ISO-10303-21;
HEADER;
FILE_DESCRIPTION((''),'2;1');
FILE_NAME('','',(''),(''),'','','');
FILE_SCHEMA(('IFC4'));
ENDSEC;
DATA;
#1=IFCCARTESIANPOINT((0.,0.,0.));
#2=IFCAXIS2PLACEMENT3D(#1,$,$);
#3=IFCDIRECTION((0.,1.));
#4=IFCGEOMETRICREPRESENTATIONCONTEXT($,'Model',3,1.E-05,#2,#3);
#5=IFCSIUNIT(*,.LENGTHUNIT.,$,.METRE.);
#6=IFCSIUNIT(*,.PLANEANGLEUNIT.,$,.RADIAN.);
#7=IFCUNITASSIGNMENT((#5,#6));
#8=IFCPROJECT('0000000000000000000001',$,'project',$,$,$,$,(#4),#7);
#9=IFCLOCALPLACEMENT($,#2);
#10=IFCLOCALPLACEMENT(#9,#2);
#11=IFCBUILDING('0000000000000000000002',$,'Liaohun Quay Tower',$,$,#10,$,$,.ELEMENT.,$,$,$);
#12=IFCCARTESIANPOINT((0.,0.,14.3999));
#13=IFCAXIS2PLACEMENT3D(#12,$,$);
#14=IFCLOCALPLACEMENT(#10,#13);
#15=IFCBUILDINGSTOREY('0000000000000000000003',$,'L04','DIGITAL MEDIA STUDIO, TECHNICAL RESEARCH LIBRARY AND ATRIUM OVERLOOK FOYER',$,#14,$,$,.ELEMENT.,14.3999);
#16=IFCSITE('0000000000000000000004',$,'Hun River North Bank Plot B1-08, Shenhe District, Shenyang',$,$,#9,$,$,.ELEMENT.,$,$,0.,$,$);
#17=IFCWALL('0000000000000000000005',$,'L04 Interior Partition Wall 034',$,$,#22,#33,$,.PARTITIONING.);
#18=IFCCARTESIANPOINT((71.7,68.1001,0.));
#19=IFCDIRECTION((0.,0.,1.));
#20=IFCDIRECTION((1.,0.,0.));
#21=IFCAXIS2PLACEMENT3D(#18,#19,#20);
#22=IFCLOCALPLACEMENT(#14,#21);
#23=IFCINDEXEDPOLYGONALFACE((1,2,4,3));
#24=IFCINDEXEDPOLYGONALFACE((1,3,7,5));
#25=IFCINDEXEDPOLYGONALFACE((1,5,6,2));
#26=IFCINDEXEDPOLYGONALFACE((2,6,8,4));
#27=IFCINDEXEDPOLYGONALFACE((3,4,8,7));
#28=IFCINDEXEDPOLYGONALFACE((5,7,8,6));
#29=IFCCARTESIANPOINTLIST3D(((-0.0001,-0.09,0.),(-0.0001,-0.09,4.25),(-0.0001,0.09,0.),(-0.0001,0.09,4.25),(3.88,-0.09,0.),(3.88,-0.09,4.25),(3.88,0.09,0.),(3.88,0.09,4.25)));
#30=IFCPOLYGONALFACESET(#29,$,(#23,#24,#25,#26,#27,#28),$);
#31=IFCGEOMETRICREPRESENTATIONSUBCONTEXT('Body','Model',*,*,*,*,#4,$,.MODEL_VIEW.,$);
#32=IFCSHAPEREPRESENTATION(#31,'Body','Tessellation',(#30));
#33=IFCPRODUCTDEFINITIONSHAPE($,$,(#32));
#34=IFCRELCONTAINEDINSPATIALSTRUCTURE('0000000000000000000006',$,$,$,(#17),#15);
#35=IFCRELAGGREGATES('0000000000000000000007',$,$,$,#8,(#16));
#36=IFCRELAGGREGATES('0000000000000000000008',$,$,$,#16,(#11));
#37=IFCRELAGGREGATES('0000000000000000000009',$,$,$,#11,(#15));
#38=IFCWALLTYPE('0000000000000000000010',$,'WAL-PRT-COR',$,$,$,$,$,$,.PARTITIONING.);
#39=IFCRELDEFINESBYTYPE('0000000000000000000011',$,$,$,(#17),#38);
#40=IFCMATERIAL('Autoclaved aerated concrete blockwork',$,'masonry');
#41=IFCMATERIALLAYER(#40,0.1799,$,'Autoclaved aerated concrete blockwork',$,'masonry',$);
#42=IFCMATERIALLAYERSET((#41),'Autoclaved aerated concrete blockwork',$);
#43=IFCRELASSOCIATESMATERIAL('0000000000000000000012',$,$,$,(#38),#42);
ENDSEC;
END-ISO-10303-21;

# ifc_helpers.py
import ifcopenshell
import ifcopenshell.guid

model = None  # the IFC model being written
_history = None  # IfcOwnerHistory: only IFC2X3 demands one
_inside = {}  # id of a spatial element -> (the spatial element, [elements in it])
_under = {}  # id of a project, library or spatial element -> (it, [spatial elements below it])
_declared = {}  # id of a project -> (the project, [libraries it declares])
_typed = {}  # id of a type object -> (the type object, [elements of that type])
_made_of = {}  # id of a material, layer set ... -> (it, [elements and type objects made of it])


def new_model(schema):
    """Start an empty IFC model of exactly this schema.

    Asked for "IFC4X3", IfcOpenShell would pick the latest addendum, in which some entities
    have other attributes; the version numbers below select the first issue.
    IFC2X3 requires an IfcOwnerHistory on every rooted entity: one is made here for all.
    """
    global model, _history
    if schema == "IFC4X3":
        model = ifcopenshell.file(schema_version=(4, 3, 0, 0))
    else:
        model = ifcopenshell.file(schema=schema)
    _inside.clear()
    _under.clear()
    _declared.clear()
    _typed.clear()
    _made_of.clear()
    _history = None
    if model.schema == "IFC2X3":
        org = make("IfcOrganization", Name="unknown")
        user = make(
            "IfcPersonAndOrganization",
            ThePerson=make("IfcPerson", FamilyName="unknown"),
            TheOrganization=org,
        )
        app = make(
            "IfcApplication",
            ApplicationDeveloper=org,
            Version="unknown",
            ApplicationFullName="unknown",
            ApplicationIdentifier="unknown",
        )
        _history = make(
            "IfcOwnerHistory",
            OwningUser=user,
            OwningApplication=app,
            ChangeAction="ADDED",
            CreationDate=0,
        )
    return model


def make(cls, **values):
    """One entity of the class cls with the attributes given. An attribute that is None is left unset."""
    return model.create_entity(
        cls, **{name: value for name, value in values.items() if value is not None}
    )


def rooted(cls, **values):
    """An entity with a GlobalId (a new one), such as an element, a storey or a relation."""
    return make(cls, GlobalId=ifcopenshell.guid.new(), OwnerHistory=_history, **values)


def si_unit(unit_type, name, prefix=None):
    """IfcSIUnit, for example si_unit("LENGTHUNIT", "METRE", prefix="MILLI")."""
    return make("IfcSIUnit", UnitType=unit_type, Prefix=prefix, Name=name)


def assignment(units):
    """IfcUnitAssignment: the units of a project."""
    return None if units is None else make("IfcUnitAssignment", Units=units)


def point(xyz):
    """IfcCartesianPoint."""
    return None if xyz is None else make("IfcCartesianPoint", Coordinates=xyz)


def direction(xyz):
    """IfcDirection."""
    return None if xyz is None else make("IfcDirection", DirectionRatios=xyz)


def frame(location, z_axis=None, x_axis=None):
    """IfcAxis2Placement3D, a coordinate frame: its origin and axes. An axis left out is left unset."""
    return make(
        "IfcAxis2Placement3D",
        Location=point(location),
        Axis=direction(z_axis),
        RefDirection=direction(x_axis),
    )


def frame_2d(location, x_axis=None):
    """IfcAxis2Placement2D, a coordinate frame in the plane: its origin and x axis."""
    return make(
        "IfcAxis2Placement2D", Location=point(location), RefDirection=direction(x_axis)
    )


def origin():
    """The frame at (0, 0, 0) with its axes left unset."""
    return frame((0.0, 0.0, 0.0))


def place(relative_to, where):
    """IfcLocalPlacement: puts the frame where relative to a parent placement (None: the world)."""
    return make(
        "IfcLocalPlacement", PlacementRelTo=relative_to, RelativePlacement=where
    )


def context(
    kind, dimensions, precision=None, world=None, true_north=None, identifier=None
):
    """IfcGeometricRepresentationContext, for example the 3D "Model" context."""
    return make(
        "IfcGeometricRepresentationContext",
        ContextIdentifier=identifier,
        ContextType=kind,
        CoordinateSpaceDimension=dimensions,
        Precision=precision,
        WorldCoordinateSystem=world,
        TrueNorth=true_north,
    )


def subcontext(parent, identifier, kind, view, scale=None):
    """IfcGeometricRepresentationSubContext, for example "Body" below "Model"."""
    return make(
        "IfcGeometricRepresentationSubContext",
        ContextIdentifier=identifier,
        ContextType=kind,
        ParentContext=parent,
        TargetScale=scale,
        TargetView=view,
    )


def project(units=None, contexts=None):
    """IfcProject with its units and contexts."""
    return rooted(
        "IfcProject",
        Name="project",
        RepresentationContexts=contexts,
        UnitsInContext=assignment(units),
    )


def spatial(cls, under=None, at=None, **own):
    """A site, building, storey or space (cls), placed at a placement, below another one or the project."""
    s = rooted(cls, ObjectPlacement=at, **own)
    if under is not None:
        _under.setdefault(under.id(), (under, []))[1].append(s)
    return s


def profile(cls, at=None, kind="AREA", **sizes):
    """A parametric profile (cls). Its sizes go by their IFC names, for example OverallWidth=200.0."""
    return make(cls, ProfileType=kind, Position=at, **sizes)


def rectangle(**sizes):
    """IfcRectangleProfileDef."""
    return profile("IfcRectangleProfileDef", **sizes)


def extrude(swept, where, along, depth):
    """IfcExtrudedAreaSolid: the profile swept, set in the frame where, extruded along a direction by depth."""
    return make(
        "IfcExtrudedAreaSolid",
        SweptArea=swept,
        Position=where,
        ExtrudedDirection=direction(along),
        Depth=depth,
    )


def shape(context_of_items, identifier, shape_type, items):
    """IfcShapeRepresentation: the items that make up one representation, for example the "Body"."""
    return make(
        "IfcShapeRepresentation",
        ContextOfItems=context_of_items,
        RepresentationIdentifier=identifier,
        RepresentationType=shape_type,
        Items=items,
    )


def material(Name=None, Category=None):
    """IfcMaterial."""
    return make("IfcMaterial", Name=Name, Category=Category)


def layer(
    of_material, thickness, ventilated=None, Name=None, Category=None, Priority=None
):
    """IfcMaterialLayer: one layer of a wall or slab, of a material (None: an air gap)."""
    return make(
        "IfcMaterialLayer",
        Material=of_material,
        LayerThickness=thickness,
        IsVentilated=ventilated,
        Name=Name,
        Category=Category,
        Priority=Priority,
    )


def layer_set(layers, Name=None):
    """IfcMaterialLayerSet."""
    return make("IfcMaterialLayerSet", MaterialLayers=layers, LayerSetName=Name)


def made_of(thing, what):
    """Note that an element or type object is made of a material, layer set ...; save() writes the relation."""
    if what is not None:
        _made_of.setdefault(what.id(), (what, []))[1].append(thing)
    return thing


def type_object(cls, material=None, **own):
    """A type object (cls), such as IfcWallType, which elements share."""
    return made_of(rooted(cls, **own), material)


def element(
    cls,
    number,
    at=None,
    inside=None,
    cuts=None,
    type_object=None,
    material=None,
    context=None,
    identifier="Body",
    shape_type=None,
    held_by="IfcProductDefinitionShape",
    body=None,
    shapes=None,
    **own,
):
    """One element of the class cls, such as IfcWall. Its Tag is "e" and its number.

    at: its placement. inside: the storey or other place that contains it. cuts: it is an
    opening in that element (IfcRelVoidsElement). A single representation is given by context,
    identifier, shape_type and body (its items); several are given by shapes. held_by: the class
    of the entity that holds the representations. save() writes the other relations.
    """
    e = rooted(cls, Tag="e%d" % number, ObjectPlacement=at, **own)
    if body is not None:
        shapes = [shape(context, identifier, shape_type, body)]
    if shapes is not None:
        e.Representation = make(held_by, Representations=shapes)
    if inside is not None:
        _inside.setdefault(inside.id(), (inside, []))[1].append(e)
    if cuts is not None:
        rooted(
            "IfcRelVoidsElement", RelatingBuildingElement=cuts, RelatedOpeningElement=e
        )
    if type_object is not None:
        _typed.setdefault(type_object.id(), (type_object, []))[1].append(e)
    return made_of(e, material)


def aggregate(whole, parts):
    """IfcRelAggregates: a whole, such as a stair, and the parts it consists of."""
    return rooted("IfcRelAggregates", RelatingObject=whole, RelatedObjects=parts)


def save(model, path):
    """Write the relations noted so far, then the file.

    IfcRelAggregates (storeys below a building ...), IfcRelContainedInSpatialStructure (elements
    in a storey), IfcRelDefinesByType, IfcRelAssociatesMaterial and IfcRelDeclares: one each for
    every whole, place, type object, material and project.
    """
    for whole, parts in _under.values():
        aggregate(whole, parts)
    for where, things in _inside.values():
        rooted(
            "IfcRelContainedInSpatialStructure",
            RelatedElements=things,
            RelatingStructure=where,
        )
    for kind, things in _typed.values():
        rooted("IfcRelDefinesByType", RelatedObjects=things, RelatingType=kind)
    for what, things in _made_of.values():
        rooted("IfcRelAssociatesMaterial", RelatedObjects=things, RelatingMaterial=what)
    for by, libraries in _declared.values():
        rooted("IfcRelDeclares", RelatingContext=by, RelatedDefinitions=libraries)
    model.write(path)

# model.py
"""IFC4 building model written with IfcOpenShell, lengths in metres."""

from ifc_helpers import new_model, si_unit, direction, frame, frame_2d, origin, place, context, subcontext, project, spatial, rectangle, extrude, material, layer, layer_set, type_object, element, save


model = new_model("IFC4")

# Units and contexts
model_context = context("Model", 3, precision=1e-05, world=origin(), true_north=direction((0.0, 1.0)))
body_context = subcontext(model_context, "Body", "Model", "MODEL_VIEW")
ifc_project = project(units=[si_unit("LENGTHUNIT", "METRE"), si_unit("PLANEANGLEUNIT", "RADIAN")], contexts=[model_context])

# Site, building, storey
site_placement = place(None, origin())
site = spatial("IfcSite", under=ifc_project, at=site_placement, Name="Hun River North Bank Plot B1-08, Shenhe District, Shenyang", CompositionType="ELEMENT", RefElevation=0.0)
building_placement = place(site_placement, origin())
building = spatial("IfcBuilding", under=site, at=building_placement, Name="Liaohun Quay Tower", CompositionType="ELEMENT")
storey_placement = place(building_placement, frame((0.0, 0.0, 14.3999)))
storey = spatial("IfcBuildingStorey", under=building, at=storey_placement, Name="L04", Description="DIGITAL MEDIA STUDIO, TECHNICAL RESEARCH LIBRARY AND ATRIUM OVERLOOK FOYER", CompositionType="ELEMENT", Elevation=14.3999)

# Shared definitions
ifc_material_1 = material(Name="Autoclaved aerated concrete blockwork", Category="masonry")
ifc_layer_1 = layer(ifc_material_1, 0.1799, Name="Autoclaved aerated concrete blockwork", Category="masonry")
ifc_layer_set_1 = layer_set([ifc_layer_1], Name="Autoclaved aerated concrete blockwork")
wall_type_1 = type_object("IfcWallType", Name="WAL-PRT-COR", PredefinedType="PARTITIONING", material=ifc_layer_set_1)

# Wall
wall_1_placement = place(storey_placement, frame((71.7, 68.1001, 0.0), z_axis=(0.0, 0.0, 1.0), x_axis=(1.0, 0.0, 0.0)))
element("IfcWall", 1, at=wall_1_placement, inside=storey, type_object=wall_type_1, Name="L04 Interior Partition Wall 034", PredefinedType="PARTITIONING", context=body_context, shape_type="SweptSolid", body=[
    extrude(rectangle(XDim=3.8801, YDim=0.1799, at=frame_2d((1.9399, 0.0))), origin(), (0.0, 0.0, 1.0), 4.25),
])

save(model, "model.ifc")
